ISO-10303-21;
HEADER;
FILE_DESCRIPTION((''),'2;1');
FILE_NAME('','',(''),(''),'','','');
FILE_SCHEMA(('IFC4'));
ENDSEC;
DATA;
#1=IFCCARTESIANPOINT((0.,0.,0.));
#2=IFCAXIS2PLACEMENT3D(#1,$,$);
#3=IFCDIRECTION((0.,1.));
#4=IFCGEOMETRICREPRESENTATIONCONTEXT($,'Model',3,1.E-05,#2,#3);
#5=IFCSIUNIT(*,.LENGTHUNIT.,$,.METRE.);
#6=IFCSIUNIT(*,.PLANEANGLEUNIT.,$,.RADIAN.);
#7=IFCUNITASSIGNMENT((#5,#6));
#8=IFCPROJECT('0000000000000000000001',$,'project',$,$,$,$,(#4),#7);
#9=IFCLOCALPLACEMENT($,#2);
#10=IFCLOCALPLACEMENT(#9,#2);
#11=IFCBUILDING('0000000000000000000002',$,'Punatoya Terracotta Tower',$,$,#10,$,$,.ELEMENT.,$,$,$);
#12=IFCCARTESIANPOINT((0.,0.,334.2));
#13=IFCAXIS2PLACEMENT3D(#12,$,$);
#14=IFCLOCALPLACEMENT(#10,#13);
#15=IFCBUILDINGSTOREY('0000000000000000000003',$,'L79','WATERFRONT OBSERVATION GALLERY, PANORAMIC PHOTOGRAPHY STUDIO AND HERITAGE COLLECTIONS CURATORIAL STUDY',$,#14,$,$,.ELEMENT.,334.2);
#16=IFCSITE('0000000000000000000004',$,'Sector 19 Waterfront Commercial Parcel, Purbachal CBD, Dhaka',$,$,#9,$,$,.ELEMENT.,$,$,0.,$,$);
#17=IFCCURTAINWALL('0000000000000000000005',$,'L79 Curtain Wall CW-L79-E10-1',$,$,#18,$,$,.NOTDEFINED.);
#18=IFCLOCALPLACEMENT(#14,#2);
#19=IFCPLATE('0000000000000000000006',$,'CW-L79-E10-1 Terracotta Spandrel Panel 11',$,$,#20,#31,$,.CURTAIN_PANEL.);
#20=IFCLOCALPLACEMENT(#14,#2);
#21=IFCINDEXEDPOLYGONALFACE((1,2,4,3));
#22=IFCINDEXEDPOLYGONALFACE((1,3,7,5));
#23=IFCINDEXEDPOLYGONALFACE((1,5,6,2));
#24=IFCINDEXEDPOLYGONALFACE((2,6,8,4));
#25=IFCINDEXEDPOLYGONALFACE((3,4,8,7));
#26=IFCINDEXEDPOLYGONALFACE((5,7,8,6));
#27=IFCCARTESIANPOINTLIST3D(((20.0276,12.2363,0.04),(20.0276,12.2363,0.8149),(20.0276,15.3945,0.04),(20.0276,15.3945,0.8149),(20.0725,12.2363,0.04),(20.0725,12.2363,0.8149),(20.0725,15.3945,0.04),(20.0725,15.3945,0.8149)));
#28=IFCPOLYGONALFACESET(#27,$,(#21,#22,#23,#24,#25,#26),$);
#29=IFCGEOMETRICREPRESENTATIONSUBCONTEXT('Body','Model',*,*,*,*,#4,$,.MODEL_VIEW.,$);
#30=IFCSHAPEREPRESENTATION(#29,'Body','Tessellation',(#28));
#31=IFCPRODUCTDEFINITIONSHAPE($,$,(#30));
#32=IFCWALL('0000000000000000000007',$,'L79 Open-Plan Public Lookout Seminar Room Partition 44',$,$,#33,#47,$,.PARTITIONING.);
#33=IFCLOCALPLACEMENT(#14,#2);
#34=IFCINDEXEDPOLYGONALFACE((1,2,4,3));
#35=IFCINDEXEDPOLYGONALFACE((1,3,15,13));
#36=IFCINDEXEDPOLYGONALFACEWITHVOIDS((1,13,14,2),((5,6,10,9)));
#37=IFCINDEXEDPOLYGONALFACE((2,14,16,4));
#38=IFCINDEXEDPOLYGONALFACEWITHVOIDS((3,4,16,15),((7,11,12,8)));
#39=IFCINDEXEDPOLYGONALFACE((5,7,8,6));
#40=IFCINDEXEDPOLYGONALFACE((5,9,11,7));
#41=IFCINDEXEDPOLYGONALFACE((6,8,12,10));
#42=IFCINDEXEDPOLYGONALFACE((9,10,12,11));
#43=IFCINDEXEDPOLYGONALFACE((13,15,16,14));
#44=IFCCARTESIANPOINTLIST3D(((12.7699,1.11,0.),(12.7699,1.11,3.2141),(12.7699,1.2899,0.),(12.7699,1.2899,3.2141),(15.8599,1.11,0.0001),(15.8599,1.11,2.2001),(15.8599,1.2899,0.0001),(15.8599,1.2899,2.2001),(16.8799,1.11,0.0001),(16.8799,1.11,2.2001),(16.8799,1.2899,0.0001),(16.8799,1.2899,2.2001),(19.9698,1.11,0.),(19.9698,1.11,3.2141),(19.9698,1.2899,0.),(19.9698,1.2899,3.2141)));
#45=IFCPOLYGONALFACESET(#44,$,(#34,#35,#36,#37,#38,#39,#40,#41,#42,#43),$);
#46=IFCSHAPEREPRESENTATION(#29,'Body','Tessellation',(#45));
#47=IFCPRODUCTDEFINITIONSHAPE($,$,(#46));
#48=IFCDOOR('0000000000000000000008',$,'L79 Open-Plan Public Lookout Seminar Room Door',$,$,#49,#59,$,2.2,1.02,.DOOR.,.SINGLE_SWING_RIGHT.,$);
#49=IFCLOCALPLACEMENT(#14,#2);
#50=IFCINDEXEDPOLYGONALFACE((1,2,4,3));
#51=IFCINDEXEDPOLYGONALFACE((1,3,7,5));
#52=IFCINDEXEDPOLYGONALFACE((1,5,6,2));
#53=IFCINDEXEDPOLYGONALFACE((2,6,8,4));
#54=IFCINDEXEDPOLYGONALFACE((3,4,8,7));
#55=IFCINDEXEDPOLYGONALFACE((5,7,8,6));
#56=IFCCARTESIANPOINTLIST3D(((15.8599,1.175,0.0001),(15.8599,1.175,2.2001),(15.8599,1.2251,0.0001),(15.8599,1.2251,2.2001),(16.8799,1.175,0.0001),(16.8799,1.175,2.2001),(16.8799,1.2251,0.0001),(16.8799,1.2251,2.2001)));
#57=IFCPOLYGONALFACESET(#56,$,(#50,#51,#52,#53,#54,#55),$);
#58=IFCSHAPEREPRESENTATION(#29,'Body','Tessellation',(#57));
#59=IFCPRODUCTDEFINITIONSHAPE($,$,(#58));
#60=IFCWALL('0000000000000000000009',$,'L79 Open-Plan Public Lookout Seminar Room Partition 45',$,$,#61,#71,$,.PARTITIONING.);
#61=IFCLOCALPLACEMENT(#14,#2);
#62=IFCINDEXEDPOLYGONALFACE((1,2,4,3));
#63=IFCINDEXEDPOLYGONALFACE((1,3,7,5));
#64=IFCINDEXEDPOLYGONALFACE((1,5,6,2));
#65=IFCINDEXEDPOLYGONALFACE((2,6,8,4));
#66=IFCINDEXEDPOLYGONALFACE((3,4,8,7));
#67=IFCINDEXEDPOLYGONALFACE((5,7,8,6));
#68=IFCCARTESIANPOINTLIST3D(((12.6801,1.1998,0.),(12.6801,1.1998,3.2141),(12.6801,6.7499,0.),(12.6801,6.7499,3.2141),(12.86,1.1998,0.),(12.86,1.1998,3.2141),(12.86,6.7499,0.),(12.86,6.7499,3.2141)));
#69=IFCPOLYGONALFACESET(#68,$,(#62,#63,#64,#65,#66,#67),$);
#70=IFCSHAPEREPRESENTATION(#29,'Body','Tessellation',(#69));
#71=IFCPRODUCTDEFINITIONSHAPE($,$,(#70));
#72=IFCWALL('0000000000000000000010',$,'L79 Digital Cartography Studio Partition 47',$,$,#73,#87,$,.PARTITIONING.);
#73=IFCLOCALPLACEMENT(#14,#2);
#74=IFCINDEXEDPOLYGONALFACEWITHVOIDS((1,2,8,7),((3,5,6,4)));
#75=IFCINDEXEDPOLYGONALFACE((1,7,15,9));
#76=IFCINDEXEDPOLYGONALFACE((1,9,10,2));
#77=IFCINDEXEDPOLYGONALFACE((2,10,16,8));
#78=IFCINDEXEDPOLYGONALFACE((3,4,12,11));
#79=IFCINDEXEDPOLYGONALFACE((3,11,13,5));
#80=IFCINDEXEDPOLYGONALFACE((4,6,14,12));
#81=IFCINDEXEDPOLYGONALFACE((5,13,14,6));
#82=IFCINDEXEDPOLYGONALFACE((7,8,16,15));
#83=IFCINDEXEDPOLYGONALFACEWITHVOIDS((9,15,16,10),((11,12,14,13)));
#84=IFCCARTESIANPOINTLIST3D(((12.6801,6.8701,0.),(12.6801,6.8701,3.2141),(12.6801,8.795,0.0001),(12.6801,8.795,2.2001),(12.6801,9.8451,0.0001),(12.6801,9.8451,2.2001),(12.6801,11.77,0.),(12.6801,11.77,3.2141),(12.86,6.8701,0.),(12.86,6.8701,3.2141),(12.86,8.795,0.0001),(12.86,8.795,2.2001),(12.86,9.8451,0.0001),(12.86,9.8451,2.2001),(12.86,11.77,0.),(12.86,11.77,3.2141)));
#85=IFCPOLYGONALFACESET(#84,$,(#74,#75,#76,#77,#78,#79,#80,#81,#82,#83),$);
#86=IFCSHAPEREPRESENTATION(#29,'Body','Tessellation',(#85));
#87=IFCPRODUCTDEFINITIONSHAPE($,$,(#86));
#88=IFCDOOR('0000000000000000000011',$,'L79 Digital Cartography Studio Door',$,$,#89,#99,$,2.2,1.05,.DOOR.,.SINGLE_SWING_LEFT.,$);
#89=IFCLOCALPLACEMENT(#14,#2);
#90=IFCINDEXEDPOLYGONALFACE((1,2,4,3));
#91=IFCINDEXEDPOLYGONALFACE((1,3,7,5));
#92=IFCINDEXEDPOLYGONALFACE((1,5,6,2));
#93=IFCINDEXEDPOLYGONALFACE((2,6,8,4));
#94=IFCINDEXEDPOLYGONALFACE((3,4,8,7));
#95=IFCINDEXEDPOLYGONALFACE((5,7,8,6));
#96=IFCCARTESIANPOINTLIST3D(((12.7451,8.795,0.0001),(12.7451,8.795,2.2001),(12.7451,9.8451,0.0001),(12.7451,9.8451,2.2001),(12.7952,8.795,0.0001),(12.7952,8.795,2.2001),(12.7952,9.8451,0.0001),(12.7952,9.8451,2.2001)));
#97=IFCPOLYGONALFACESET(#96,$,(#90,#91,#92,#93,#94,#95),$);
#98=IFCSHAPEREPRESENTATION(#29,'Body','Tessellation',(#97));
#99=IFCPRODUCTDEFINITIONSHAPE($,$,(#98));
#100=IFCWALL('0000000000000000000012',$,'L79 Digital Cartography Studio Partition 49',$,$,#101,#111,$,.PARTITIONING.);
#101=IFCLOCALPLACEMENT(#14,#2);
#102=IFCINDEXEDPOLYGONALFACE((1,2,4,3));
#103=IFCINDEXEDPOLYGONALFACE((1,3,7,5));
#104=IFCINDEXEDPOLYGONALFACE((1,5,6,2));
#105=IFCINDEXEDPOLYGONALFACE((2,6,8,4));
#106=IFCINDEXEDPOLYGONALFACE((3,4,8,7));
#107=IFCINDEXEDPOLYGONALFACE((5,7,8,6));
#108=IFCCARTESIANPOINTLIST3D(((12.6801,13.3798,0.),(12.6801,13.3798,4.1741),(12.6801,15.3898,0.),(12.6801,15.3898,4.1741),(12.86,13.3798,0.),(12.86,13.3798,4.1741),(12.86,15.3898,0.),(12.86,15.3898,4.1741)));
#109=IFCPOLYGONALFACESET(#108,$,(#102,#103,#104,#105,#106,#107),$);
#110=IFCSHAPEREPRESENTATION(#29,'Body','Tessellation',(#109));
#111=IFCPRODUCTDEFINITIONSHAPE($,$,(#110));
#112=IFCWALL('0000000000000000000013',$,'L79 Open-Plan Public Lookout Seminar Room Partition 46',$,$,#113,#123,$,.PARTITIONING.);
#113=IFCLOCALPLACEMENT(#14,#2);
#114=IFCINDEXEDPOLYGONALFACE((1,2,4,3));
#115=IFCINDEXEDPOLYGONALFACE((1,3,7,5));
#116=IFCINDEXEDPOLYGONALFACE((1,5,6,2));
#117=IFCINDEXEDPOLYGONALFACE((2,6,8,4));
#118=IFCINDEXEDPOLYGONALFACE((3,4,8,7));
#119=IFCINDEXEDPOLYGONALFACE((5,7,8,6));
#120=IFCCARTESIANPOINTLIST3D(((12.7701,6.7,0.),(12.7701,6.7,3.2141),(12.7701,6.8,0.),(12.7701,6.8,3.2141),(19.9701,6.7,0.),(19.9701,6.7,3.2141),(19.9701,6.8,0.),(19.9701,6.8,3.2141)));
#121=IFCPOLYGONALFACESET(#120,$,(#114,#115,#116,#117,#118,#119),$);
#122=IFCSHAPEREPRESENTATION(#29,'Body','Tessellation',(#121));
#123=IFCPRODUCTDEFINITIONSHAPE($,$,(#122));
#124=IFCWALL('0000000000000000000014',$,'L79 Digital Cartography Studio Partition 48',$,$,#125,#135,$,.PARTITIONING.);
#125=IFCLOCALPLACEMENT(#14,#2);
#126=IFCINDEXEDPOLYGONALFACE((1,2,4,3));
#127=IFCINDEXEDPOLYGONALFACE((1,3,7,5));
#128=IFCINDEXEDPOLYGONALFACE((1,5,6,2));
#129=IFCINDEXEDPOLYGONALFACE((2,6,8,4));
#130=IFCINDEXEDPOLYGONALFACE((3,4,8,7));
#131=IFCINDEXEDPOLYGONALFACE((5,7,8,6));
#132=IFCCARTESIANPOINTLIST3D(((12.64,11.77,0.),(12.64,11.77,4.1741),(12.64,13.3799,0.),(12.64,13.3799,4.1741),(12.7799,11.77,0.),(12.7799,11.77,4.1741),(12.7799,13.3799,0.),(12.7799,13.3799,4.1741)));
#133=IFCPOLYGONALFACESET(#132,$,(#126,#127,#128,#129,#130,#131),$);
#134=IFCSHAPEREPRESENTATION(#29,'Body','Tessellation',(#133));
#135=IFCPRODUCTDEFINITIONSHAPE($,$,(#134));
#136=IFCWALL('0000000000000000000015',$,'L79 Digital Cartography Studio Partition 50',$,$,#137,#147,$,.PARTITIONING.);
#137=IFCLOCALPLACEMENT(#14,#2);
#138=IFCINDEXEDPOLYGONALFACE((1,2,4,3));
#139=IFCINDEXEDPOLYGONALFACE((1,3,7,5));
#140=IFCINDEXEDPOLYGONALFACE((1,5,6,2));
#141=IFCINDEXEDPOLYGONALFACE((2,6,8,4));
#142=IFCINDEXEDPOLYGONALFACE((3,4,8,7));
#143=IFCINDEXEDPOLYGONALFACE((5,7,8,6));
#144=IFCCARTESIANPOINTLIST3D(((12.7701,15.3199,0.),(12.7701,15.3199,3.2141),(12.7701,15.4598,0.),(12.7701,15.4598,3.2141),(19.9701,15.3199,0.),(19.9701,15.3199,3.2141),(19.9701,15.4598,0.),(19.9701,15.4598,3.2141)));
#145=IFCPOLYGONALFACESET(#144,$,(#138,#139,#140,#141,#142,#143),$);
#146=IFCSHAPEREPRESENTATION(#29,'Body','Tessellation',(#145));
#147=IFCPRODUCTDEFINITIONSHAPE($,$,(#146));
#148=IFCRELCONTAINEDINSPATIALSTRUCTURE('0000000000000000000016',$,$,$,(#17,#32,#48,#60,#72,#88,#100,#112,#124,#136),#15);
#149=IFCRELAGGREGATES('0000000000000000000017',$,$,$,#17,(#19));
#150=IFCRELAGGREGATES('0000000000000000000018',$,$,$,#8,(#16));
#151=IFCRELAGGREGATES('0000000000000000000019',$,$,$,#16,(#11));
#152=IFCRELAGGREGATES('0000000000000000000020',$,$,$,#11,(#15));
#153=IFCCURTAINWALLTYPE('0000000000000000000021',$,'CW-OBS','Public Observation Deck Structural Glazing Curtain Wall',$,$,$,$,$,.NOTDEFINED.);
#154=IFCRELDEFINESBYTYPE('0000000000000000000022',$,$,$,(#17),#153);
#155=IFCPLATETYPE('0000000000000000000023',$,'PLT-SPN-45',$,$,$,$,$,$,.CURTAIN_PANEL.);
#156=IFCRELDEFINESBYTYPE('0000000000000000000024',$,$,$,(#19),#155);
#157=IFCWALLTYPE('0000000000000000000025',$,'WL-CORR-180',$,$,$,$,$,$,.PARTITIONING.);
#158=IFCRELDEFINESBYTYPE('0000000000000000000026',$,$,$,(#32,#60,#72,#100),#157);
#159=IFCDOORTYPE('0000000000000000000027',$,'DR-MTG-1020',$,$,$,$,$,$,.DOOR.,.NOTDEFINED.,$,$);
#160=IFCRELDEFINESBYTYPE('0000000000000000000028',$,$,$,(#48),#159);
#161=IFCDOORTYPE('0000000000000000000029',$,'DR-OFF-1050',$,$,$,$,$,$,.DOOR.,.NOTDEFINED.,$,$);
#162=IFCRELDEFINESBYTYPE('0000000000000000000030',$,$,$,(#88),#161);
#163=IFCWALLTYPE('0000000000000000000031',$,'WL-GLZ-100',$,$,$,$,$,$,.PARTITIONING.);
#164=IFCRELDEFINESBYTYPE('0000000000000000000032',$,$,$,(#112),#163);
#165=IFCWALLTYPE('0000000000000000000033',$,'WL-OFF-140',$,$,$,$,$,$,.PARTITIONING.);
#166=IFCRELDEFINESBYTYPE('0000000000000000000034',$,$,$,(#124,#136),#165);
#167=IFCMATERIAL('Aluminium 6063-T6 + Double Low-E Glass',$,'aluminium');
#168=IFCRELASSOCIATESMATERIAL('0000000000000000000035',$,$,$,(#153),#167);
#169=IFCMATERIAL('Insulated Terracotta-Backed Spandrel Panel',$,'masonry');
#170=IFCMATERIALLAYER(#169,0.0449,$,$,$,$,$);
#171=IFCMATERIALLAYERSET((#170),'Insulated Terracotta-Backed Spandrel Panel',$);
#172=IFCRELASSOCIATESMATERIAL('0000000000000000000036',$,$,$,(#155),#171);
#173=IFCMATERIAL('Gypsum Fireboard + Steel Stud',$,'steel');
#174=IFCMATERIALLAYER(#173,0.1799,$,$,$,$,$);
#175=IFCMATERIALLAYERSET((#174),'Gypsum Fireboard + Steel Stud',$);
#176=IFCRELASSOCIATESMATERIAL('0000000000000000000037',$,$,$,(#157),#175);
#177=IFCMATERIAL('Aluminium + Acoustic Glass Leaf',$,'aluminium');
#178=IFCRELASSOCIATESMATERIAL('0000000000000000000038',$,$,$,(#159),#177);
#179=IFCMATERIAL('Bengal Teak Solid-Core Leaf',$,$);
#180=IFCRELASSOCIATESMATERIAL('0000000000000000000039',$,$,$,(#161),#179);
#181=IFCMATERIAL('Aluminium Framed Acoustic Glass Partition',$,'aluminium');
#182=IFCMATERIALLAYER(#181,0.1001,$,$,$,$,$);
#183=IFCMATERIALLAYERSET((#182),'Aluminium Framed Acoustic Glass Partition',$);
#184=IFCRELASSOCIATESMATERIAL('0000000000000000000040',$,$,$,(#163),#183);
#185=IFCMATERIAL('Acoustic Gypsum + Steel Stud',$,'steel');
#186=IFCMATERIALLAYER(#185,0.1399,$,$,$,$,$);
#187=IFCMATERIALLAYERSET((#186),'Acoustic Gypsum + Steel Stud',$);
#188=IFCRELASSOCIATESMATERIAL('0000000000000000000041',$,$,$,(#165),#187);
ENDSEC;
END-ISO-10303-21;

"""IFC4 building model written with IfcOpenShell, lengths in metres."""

from ifc_helpers import new_model, si_unit, direction, frame, frame_2d, origin, origin_2d, place, context, subcontext, project, spatial, rectangle, extrude, material, layer, layer_set, type_object, element, fill, aggregate, save


model = new_model("IFC4")

# Units and contexts
model_context = context("Model", 3, precision=1e-05, world=origin(), true_north=direction((0.0, 1.0)))
body_context = subcontext(model_context, "Body", "Model", "MODEL_VIEW")
ifc_project = project(units=[si_unit("LENGTHUNIT", "METRE"), si_unit("PLANEANGLEUNIT", "RADIAN")], contexts=[model_context])

# Site, building, storey
site_placement = place(None, origin())
site = spatial("IfcSite", under=ifc_project, at=site_placement, Name="Sector 19 Waterfront Commercial Parcel, Purbachal CBD, Dhaka", CompositionType="ELEMENT", RefElevation=0.0)
building_placement = place(site_placement, origin())
building = spatial("IfcBuilding", under=site, at=building_placement, Name="Punatoya Terracotta Tower", CompositionType="ELEMENT")
storey_placement = place(building_placement, frame((0.0, 0.0, 334.2)))
storey = spatial("IfcBuildingStorey", under=building, at=storey_placement, Name="L79", Description="WATERFRONT OBSERVATION GALLERY, PANORAMIC PHOTOGRAPHY STUDIO AND HERITAGE COLLECTIONS CURATORIAL STUDY", CompositionType="ELEMENT", Elevation=334.2)

# Curtain wall
ifc_material_1 = material(Name="Aluminium 6063-T6 + Double Low-E Glass", Category="aluminium")
curtain_wall_type = type_object("IfcCurtainWallType", Name="CW-OBS", Description="Public Observation Deck Structural Glazing Curtain Wall", PredefinedType="NOTDEFINED", material=ifc_material_1)
curtain_wall_1_placement = place(storey_placement, origin())
curtain_wall_1 = element("IfcCurtainWall", 1, at=curtain_wall_1_placement, inside=storey, type_object=curtain_wall_type, Name="L79 Curtain Wall CW-L79-E10-1", PredefinedType="NOTDEFINED")

# Plate
ifc_material_2 = material(Name="Insulated Terracotta-Backed Spandrel Panel", Category="masonry")
ifc_layer_1 = layer(ifc_material_2, 0.0449)
ifc_layer_set_1 = layer_set([ifc_layer_1], Name="Insulated Terracotta-Backed Spandrel Panel")
plate_type_1 = type_object("IfcPlateType", Name="PLT-SPN-45", PredefinedType="CURTAIN_PANEL", material=ifc_layer_set_1)
plate_1_placement = place(storey_placement, frame((20.05, 13.8154, 0.04), z_axis=(0.0, 0.0, 1.0), x_axis=(0.0, 1.0, 0.0)))
plate_1 = element("IfcPlate", 2, at=plate_1_placement, type_object=plate_type_1, Name="CW-L79-E10-1 Terracotta Spandrel Panel 11", PredefinedType="CURTAIN_PANEL", context=body_context, shape_type="SweptSolid", body=[
    extrude(rectangle(XDim=3.1582, YDim=0.0449, at=origin_2d()), origin(), (0.0, 0.0, 1.0), 0.7749),
])
aggregate(curtain_wall_1, [plate_1])

# Wall, opening, door
ifc_material_3 = material(Name="Gypsum Fireboard + Steel Stud", Category="steel")
ifc_layer_2 = layer(ifc_material_3, 0.1799)
ifc_layer_set_2 = layer_set([ifc_layer_2], Name="Gypsum Fireboard + Steel Stud")
wall_type_1 = type_object("IfcWallType", Name="WL-CORR-180", PredefinedType="PARTITIONING", material=ifc_layer_set_2)
wall_1_placement = place(storey_placement, frame((19.97, 1.2, 0.0), z_axis=(0.0, 0.0, 1.0), x_axis=(-1.0, 0.0, 0.0)))
wall_1 = element("IfcWall", 3, at=wall_1_placement, inside=storey, type_object=wall_type_1, Name="L79 Open-Plan Public Lookout Seminar Room Partition 44", PredefinedType="PARTITIONING", context=body_context, shape_type="SweptSolid", body=[
    extrude(rectangle(XDim=7.2, YDim=0.1799, at=frame_2d((3.6001, 0.0))), origin(), (0.0, 0.0, 1.0), 3.2141),
])
opening_1_placement = place(wall_1_placement, frame((3.0901, 0.0, 0.0)))
opening_1 = element("IfcOpeningElement", 4, at=opening_1_placement, cuts=wall_1, PredefinedType="OPENING", context=body_context, shape_type="SweptSolid", body=[
    extrude(rectangle(XDim=1.02, YDim=2.2, at=frame_2d((0.51, 1.1001))), frame((0.0, 0.0999, 0.0), z_axis=(0.0, -1.0, 0.0), x_axis=(1.0, 0.0, 0.0)), (0.0, 0.0, 1.0), 0.2),
])
ifc_material_4 = material(Name="Aluminium + Acoustic Glass Leaf", Category="aluminium")
door_type_1 = type_object("IfcDoorType", Name="DR-MTG-1020", OperationType="NOTDEFINED", PredefinedType="DOOR", material=ifc_material_4)
door_1_placement = place(opening_1_placement, origin())
door_1 = element("IfcDoor", 5, at=door_1_placement, inside=storey, type_object=door_type_1, Name="L79 Open-Plan Public Lookout Seminar Room Door", OperationType="SINGLE_SWING_RIGHT", OverallHeight=2.2, OverallWidth=1.02, PredefinedType="DOOR", context=body_context, shape_type="SweptSolid", body=[
    extrude(rectangle(XDim=1.02, YDim=2.2, at=frame_2d((0.51, 1.1001))), frame((0.0, 0.0249, 0.0), z_axis=(0.0, -1.0, 0.0), x_axis=(1.0, 0.0, 0.0)), (0.0, 0.0, 1.0), 0.05),
])
fill(opening_1, door_1)

# Wall
wall_2_placement = place(storey_placement, frame((12.77, 1.2, 0.0), z_axis=(0.0, 0.0, 1.0), x_axis=(0.0, 1.0, 0.0)))
element("IfcWall", 6, at=wall_2_placement, inside=storey, type_object=wall_type_1, Name="L79 Open-Plan Public Lookout Seminar Room Partition 45", PredefinedType="PARTITIONING", context=body_context, shape_type="SweptSolid", body=[
    extrude(rectangle(XDim=5.55, YDim=0.1799, at=frame_2d((2.7749, 0.0))), origin(), (0.0, 0.0, 1.0), 3.2141),
])

# Wall, opening, door
wall_3_placement = place(storey_placement, frame((12.77, 6.8701, 0.0), z_axis=(0.0, 0.0, 1.0), x_axis=(0.0, 1.0, 0.0)))
wall_3 = element("IfcWall", 7, at=wall_3_placement, inside=storey, type_object=wall_type_1, Name="L79 Digital Cartography Studio Partition 47", PredefinedType="PARTITIONING", context=body_context, shape_type="SweptSolid", body=[
    extrude(rectangle(XDim=4.8999, YDim=0.1799, at=frame_2d((2.45, 0.0))), origin(), (0.0, 0.0, 1.0), 3.2141),
])
opening_2_placement = place(wall_3_placement, frame((1.925, 0.0, 0.0)))
opening_2 = element("IfcOpeningElement", 8, at=opening_2_placement, cuts=wall_3, PredefinedType="OPENING", context=body_context, shape_type="SweptSolid", body=[
    extrude(rectangle(XDim=1.05, YDim=2.2, at=frame_2d((0.5249, 1.1001))), frame((0.0, 0.0999, 0.0), z_axis=(0.0, -1.0, 0.0), x_axis=(1.0, 0.0, 0.0)), (0.0, 0.0, 1.0), 0.2),
])
ifc_material_5 = material(Name="Bengal Teak Solid-Core Leaf")
door_type_2 = type_object("IfcDoorType", Name="DR-OFF-1050", OperationType="NOTDEFINED", PredefinedType="DOOR", material=ifc_material_5)
door_2_placement = place(opening_2_placement, origin())
door_2 = element("IfcDoor", 9, at=door_2_placement, inside=storey, type_object=door_type_2, Name="L79 Digital Cartography Studio Door", OperationType="SINGLE_SWING_LEFT", OverallHeight=2.2, OverallWidth=1.05, PredefinedType="DOOR", context=body_context, shape_type="SweptSolid", body=[
    extrude(rectangle(XDim=1.05, YDim=2.2, at=frame_2d((0.5249, 1.1001))), frame((0.0, 0.0249, 0.0), z_axis=(0.0, -1.0, 0.0), x_axis=(1.0, 0.0, 0.0)), (0.0, 0.0, 1.0), 0.05),
])
fill(opening_2, door_2)

# Walls
wall_4_placement = place(storey_placement, frame((12.77, 13.3799, 0.0), z_axis=(0.0, 0.0, 1.0), x_axis=(0.0, 1.0, 0.0)))
element("IfcWall", 10, at=wall_4_placement, inside=storey, type_object=wall_type_1, Name="L79 Digital Cartography Studio Partition 49", PredefinedType="PARTITIONING", context=body_context, shape_type="SweptSolid", body=[
    extrude(rectangle(XDim=2.01, YDim=0.1799, at=frame_2d((1.0049, 0.0))), origin(), (0.0, 0.0, 1.0), 4.1741),
])
ifc_material_6 = material(Name="Aluminium Framed Acoustic Glass Partition", Category="aluminium")
ifc_layer_3 = layer(ifc_material_6, 0.1001)
ifc_layer_set_3 = layer_set([ifc_layer_3], Name="Aluminium Framed Acoustic Glass Partition")
wall_type_2 = type_object("IfcWallType", Name="WL-GLZ-100", PredefinedType="PARTITIONING", material=ifc_layer_set_3)
wall_5_placement = place(storey_placement, frame((12.77, 6.75, 0.0), z_axis=(0.0, 0.0, 1.0), x_axis=(1.0, 0.0, 0.0)))
element("IfcWall", 11, at=wall_5_placement, inside=storey, type_object=wall_type_2, Name="L79 Open-Plan Public Lookout Seminar Room Partition 46", PredefinedType="PARTITIONING", context=body_context, shape_type="SweptSolid", body=[
    extrude(rectangle(XDim=7.2, YDim=0.1001, at=frame_2d((3.6001, 0.0))), origin(), (0.0, 0.0, 1.0), 3.2141),
])
ifc_material_7 = material(Name="Acoustic Gypsum + Steel Stud", Category="steel")
ifc_layer_4 = layer(ifc_material_7, 0.1399)
ifc_layer_set_4 = layer_set([ifc_layer_4], Name="Acoustic Gypsum + Steel Stud")
wall_type_3 = type_object("IfcWallType", Name="WL-OFF-140", PredefinedType="PARTITIONING", material=ifc_layer_set_4)
wall_6_placement = place(storey_placement, frame((12.71, 11.77, 0.0), z_axis=(0.0, 0.0, 1.0), x_axis=(0.0, 1.0, 0.0)))
element("IfcWall", 12, at=wall_6_placement, inside=storey, type_object=wall_type_3, Name="L79 Digital Cartography Studio Partition 48", PredefinedType="PARTITIONING", context=body_context, shape_type="SweptSolid", body=[
    extrude(rectangle(XDim=1.6099, YDim=0.1399, at=frame_2d((0.8049, 0.0))), origin(), (0.0, 0.0, 1.0), 4.1741),
])
wall_7_placement = place(storey_placement, frame((12.77, 15.3899, 0.0), z_axis=(0.0, 0.0, 1.0), x_axis=(1.0, 0.0, 0.0)))
element("IfcWall", 13, at=wall_7_placement, inside=storey, type_object=wall_type_3, Name="L79 Digital Cartography Studio Partition 50", PredefinedType="PARTITIONING", context=body_context, shape_type="SweptSolid", body=[
    extrude(rectangle(XDim=7.2, YDim=0.1399, at=frame_2d((3.6001, 0.0))), origin(), (0.0, 0.0, 1.0), 3.2141),
])

save(model, "model.ifc")
